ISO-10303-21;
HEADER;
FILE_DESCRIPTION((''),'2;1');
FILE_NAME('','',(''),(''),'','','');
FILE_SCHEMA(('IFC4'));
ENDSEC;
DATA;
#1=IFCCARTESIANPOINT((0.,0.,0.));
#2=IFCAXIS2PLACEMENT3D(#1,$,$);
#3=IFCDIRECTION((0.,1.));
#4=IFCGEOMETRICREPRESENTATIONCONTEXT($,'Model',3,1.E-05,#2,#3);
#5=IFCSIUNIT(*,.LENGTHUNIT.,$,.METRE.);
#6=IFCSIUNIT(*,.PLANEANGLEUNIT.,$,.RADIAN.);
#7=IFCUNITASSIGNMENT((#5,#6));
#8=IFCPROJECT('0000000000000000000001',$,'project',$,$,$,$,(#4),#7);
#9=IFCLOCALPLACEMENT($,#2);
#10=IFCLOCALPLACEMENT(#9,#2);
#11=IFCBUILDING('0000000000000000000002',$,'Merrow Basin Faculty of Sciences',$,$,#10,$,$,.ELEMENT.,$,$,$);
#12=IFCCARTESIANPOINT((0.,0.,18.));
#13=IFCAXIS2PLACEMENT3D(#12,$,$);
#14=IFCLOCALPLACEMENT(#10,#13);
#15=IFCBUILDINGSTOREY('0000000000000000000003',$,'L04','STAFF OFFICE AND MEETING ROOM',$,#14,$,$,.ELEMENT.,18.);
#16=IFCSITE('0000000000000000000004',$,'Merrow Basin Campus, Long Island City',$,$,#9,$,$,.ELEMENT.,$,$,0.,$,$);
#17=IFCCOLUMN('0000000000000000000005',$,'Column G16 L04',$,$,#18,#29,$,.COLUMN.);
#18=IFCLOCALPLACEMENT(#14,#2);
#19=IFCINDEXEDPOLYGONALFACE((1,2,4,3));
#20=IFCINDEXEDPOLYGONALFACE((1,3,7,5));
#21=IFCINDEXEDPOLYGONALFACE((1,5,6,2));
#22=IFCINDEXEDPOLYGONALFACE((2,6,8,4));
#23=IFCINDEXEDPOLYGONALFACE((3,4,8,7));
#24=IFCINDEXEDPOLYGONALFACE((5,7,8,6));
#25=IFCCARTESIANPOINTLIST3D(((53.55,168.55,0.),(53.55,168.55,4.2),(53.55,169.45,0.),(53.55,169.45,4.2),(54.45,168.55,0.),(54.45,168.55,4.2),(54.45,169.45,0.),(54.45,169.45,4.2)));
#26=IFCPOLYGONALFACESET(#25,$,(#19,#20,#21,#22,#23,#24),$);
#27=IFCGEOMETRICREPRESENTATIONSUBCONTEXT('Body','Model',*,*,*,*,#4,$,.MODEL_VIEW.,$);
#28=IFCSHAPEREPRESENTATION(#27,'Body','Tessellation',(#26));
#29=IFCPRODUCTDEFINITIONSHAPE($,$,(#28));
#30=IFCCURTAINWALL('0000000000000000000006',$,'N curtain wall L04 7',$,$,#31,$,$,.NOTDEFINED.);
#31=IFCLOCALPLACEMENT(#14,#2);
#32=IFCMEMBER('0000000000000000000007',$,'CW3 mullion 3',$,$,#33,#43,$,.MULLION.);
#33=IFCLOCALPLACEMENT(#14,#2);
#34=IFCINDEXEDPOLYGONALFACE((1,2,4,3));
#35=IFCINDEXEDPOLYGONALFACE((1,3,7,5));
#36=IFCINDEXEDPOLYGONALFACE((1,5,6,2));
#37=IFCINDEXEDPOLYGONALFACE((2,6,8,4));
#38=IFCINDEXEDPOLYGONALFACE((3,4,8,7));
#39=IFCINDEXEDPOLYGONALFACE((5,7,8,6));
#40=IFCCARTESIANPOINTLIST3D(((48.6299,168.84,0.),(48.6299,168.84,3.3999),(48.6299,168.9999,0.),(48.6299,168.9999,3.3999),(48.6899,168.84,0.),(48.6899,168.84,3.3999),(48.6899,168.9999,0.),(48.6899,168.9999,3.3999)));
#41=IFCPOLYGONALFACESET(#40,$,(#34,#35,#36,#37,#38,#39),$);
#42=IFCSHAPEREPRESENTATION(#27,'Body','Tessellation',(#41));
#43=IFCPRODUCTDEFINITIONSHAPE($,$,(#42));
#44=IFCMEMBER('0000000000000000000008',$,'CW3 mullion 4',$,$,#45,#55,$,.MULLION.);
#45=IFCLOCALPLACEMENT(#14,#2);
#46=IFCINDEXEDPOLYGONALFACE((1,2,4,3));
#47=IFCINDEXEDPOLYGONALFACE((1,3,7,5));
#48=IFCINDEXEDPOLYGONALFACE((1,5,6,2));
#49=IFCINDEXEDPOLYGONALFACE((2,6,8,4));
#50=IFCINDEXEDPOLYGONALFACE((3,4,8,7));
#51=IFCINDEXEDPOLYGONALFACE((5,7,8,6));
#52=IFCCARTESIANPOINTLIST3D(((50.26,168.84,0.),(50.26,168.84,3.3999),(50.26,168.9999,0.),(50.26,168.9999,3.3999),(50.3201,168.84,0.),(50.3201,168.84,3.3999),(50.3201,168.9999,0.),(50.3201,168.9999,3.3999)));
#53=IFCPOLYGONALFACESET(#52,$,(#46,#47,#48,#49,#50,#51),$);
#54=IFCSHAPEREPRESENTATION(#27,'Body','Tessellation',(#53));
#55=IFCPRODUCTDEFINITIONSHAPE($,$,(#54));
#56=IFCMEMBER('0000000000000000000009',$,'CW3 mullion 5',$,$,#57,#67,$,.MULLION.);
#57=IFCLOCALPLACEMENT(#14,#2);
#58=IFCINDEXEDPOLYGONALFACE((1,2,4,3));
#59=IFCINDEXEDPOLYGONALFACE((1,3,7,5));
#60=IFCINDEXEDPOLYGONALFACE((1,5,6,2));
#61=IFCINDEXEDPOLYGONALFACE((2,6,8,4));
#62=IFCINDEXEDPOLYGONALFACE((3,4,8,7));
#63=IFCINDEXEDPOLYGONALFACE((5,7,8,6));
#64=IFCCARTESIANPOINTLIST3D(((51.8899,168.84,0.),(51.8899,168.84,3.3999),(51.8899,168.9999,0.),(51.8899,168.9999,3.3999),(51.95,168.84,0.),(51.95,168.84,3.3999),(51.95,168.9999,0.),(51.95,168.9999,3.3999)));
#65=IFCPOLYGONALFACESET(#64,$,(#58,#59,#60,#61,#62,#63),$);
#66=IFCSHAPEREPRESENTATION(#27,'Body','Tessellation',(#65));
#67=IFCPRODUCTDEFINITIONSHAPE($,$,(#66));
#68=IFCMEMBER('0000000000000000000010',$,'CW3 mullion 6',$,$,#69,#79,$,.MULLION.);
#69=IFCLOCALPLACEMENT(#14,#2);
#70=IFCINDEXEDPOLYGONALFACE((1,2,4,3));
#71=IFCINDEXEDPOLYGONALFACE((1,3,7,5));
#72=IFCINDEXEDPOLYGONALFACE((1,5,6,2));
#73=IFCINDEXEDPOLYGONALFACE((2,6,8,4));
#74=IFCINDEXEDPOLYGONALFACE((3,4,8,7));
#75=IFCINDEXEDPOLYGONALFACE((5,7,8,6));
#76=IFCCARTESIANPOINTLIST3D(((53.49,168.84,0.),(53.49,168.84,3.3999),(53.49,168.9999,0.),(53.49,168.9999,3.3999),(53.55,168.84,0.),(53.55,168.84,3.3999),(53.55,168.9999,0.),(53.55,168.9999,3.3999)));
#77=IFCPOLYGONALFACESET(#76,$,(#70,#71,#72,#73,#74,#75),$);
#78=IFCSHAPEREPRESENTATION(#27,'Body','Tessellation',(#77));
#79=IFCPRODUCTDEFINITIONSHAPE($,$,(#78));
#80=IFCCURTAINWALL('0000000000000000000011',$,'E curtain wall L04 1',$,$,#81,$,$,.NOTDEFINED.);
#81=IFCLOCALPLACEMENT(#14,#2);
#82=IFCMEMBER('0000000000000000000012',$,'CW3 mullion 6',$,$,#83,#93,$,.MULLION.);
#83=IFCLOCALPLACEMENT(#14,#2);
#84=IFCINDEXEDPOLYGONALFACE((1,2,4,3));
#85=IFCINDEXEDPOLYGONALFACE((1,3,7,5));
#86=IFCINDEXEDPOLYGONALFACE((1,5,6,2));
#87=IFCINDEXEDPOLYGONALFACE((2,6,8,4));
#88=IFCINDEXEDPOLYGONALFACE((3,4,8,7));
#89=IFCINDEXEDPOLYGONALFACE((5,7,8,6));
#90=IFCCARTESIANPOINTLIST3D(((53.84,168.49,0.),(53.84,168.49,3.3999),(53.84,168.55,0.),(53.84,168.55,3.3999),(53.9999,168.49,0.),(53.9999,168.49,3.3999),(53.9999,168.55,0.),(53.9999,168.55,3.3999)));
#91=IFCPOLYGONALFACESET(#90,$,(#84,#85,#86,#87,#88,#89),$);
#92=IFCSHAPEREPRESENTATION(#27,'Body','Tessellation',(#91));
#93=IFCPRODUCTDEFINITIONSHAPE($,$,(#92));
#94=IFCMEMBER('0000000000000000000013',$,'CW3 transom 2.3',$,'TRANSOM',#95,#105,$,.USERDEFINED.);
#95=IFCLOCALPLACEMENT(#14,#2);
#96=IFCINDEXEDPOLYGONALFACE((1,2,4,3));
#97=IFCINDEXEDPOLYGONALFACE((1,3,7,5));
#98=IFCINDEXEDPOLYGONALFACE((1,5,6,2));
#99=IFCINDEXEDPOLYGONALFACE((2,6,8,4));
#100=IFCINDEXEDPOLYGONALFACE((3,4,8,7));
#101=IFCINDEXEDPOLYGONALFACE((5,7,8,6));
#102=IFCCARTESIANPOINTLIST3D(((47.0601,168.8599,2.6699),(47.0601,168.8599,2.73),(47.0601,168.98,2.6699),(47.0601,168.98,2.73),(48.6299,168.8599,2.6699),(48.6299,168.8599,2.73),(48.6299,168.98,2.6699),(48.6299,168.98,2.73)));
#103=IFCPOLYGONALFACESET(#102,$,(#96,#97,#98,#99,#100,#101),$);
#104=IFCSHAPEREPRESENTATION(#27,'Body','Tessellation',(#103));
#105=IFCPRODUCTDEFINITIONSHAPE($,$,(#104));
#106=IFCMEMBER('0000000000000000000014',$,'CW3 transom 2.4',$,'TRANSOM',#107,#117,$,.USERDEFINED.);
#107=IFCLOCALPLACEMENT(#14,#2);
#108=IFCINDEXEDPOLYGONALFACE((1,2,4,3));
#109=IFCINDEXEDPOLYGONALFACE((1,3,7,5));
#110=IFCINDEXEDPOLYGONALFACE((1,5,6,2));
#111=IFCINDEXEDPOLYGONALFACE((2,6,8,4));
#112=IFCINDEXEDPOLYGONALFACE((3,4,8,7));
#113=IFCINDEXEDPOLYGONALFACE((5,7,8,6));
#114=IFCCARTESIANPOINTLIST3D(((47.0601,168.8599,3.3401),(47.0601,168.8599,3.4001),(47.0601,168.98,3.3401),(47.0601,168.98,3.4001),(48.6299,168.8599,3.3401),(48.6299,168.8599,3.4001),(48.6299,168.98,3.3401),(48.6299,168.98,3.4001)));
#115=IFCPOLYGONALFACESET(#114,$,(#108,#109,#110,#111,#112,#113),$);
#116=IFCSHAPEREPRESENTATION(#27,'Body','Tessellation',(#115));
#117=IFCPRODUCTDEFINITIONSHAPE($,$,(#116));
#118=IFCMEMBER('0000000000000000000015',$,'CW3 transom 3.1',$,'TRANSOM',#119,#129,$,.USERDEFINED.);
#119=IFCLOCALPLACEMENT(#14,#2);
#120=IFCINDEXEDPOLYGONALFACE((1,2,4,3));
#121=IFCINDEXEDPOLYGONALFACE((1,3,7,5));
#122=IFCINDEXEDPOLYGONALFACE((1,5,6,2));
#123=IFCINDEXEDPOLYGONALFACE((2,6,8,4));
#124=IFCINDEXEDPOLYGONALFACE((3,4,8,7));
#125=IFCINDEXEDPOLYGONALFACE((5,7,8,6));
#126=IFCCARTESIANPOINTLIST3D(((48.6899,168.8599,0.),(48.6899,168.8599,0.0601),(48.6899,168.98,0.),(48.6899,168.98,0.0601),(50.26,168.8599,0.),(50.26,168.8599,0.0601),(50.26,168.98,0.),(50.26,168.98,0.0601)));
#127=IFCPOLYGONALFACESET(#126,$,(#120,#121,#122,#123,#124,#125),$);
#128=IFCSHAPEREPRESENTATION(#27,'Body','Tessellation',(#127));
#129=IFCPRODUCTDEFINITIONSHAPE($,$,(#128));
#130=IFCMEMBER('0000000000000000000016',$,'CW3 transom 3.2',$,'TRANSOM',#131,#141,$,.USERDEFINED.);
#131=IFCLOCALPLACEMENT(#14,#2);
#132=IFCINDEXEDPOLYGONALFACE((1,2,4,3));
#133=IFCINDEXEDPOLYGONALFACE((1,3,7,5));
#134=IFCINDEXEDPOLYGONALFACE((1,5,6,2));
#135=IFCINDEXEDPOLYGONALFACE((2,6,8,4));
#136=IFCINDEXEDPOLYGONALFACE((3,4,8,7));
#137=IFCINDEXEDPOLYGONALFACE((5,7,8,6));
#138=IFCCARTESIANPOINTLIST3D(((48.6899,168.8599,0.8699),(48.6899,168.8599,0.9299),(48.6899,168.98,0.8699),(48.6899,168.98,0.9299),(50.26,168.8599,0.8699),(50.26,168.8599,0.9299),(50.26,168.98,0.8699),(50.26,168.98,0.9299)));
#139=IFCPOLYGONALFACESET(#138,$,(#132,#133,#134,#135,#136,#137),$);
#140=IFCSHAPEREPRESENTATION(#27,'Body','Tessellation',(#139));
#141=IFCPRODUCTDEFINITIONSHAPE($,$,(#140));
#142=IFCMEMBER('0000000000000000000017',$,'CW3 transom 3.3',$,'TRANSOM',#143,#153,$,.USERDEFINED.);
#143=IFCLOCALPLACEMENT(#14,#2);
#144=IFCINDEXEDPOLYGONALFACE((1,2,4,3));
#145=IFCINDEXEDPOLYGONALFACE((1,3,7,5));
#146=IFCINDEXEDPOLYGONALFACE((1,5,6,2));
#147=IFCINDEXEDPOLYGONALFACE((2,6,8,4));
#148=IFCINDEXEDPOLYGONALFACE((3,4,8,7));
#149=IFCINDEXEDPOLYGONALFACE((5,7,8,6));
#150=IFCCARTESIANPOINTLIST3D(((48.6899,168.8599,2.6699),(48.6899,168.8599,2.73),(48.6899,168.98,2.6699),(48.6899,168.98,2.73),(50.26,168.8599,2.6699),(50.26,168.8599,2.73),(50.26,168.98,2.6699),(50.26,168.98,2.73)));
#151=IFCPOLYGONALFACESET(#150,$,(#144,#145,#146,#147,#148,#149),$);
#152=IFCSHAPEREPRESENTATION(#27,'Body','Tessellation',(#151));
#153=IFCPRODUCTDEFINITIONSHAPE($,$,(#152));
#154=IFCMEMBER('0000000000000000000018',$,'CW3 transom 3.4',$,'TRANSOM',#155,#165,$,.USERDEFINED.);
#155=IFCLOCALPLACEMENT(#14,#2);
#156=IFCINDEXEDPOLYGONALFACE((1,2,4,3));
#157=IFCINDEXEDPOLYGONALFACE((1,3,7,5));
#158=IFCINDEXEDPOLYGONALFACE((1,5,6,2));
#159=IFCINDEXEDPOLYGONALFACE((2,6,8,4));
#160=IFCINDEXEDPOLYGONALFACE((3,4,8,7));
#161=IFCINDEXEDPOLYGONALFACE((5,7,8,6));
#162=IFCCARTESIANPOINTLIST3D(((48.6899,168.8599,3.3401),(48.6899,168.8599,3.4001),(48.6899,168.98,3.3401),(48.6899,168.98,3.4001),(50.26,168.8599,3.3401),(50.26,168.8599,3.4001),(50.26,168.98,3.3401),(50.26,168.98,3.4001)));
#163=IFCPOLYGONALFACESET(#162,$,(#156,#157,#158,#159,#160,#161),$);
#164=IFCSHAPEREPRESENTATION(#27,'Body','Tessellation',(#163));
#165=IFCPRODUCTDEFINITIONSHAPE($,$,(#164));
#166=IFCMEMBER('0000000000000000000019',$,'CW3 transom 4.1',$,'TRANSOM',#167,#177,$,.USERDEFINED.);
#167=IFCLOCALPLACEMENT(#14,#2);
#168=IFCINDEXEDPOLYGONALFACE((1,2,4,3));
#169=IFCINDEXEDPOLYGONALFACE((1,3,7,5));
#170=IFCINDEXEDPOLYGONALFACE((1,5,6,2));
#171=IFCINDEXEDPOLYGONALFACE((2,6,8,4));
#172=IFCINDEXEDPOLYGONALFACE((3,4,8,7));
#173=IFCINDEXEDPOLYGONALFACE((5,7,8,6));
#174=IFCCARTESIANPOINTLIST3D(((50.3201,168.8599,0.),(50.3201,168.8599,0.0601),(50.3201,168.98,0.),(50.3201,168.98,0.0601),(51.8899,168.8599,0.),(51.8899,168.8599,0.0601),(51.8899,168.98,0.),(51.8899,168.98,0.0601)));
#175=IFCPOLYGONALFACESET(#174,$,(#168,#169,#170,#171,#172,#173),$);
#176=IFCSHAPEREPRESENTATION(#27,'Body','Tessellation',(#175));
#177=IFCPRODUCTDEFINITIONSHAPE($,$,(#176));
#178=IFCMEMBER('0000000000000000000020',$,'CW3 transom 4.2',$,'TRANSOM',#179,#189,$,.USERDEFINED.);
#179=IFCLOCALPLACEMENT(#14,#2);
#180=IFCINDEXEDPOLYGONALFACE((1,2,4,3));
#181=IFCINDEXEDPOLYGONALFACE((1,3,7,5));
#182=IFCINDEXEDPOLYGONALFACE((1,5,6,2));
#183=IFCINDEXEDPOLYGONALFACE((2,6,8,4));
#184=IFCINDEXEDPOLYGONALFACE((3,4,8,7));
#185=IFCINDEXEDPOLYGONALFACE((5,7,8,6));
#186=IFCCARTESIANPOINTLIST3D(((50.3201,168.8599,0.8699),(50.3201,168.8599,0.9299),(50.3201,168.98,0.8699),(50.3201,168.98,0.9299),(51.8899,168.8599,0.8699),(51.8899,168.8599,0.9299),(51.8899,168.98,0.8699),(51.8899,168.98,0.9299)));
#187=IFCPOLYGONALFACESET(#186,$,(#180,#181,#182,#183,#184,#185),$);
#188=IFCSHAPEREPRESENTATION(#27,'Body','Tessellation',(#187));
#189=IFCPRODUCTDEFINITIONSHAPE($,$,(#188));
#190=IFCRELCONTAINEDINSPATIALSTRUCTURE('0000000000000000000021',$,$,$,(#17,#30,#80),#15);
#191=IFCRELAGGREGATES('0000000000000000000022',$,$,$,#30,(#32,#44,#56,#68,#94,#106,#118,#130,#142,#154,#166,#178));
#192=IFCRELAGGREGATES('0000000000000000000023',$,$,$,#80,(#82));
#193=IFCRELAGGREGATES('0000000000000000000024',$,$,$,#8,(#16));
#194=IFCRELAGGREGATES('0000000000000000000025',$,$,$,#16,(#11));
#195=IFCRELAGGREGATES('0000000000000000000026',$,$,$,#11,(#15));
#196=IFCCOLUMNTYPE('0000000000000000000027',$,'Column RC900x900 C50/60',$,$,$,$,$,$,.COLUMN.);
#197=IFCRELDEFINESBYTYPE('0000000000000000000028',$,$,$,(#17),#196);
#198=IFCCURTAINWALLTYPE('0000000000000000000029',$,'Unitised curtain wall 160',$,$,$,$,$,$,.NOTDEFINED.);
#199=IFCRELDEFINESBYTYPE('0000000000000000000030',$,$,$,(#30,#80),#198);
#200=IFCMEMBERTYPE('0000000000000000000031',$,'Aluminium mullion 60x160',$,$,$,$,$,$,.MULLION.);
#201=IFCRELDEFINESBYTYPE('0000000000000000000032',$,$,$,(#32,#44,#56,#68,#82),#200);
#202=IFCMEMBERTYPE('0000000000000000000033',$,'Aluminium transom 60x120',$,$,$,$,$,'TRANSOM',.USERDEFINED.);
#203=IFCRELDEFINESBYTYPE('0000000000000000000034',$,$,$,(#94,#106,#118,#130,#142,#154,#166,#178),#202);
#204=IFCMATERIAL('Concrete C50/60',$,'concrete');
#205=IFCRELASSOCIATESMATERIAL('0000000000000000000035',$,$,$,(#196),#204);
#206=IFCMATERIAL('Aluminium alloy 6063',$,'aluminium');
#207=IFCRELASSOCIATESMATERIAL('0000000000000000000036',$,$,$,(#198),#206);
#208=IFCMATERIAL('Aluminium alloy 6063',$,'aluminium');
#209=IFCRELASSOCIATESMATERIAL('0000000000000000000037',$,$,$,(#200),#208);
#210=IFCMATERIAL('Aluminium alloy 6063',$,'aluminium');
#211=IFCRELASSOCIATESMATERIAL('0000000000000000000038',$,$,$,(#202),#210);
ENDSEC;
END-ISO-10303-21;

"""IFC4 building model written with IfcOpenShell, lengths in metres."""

from ifc_helpers import new_model, si_unit, direction, frame, origin, origin_2d, place, context, subcontext, project, spatial, rectangle, extrude, material, material_profile, profile_set, type_object, element, aggregate, save


model = new_model("IFC4")

# Units and contexts
model_context = context("Model", 3, precision=1e-05, world=origin(), true_north=direction((0.0, 1.0)))
body_context = subcontext(model_context, "Body", "Model", "MODEL_VIEW")
ifc_project = project(units=[si_unit("LENGTHUNIT", "METRE"), si_unit("PLANEANGLEUNIT", "RADIAN")], contexts=[model_context])

# Site, building, storey
site_placement = place(None, origin())
site = spatial("IfcSite", under=ifc_project, at=site_placement, Name="Merrow Basin Campus, Long Island City", CompositionType="ELEMENT", RefElevation=0.0)
building_placement = place(site_placement, origin())
building = spatial("IfcBuilding", under=site, at=building_placement, Name="Merrow Basin Faculty of Sciences", CompositionType="ELEMENT")
storey_placement = place(building_placement, frame((0.0, 0.0, 18.0)))
storey = spatial("IfcBuildingStorey", under=building, at=storey_placement, Name="L04", Description="STAFF OFFICE AND MEETING ROOM", CompositionType="ELEMENT", Elevation=18.0)

# Column
ifc_material_1 = material(Name="Concrete C50/60", Category="concrete")
ifc_material_profile_1 = material_profile(ifc_material_1, rectangle(XDim=0.8999, YDim=0.8999, at=origin_2d()))
ifc_profile_set_1 = profile_set([ifc_material_profile_1], Name="Concrete C50/60")
column_type = type_object("IfcColumnType", Name="Column RC900x900 C50/60", PredefinedType="COLUMN", material=ifc_profile_set_1)
column_placement = place(storey_placement, frame((54.0, 169.0, 0.0), z_axis=(0.0, 0.0, 1.0), x_axis=(1.0, 0.0, 0.0)))
element("IfcColumn", 1, at=column_placement, inside=storey, type_object=column_type, Name="Column G16 L04", PredefinedType="COLUMN", context=body_context, shape_type="SweptSolid", body=[
    extrude(rectangle(XDim=0.8999, YDim=0.8999, at=origin_2d()), origin(), (0.0, 0.0, 1.0), 4.2),
])

# Curtain wall, members
ifc_material_2 = material(Name="Aluminium alloy 6063", Category="aluminium")
curtain_wall_type = type_object("IfcCurtainWallType", Name="Unitised curtain wall 160", PredefinedType="NOTDEFINED", material=ifc_material_2)
curtain_wall_1_placement = place(storey_placement, origin())
curtain_wall_1 = element("IfcCurtainWall", 2, at=curtain_wall_1_placement, inside=storey, type_object=curtain_wall_type, Name="N curtain wall L04 7", PredefinedType="NOTDEFINED")
ifc_material_3 = material(Name="Aluminium alloy 6063", Category="aluminium")
ifc_material_profile_2 = material_profile(ifc_material_3, rectangle(XDim=0.1599, YDim=0.0601, at=origin_2d()))
ifc_profile_set_2 = profile_set([ifc_material_profile_2], Name="Aluminium alloy 6063")
member_type_1 = type_object("IfcMemberType", Name="Aluminium mullion 60x160", PredefinedType="MULLION", material=ifc_profile_set_2)
member_1_placement = place(storey_placement, frame((48.6599, 168.9199, 0.0), z_axis=(0.0, 0.0, 1.0), x_axis=(0.0, 1.0, 0.0)))
member_1 = element("IfcMember", 3, at=member_1_placement, type_object=member_type_1, Name="CW3 mullion 3", PredefinedType="MULLION", context=body_context, shape_type="SweptSolid", body=[
    extrude(rectangle(XDim=0.1599, YDim=0.0601, at=origin_2d()), origin(), (0.0, 0.0, 1.0), 3.3999),
])
member_2_placement = place(storey_placement, frame((50.29, 168.9199, 0.0), z_axis=(0.0, 0.0, 1.0), x_axis=(0.0, 1.0, 0.0)))
member_2 = element("IfcMember", 4, at=member_2_placement, type_object=member_type_1, Name="CW3 mullion 4", PredefinedType="MULLION", context=body_context, shape_type="SweptSolid", body=[
    extrude(rectangle(XDim=0.1599, YDim=0.0601, at=origin_2d()), origin(), (0.0, 0.0, 1.0), 3.3999),
])
member_3_placement = place(storey_placement, frame((51.9199, 168.9199, 0.0), z_axis=(0.0, 0.0, 1.0), x_axis=(0.0, 1.0, 0.0)))
member_3 = element("IfcMember", 5, at=member_3_placement, type_object=member_type_1, Name="CW3 mullion 5", PredefinedType="MULLION", context=body_context, shape_type="SweptSolid", body=[
    extrude(rectangle(XDim=0.1599, YDim=0.0601, at=origin_2d()), origin(), (0.0, 0.0, 1.0), 3.3999),
])
member_4_placement = place(storey_placement, frame((53.52, 168.9199, 0.0), z_axis=(0.0, 0.0, 1.0), x_axis=(0.0, 1.0, 0.0)))
member_4 = element("IfcMember", 6, at=member_4_placement, type_object=member_type_1, Name="CW3 mullion 6", PredefinedType="MULLION", context=body_context, shape_type="SweptSolid", body=[
    extrude(rectangle(XDim=0.1599, YDim=0.0601, at=origin_2d()), origin(), (0.0, 0.0, 1.0), 3.3999),
])

# Curtain wall, member
curtain_wall_2_placement = place(storey_placement, origin())
curtain_wall_2 = element("IfcCurtainWall", 7, at=curtain_wall_2_placement, inside=storey, type_object=curtain_wall_type, Name="E curtain wall L04 1", PredefinedType="NOTDEFINED")
member_5_placement = place(storey_placement, frame((53.9199, 168.52, 0.0), z_axis=(0.0, 0.0, 1.0), x_axis=(-1.0, 0.0, 0.0)))
member_5 = element("IfcMember", 8, at=member_5_placement, type_object=member_type_1, Name="CW3 mullion 6", PredefinedType="MULLION", context=body_context, shape_type="SweptSolid", body=[
    extrude(rectangle(XDim=0.1599, YDim=0.0601, at=origin_2d()), origin(), (0.0, 0.0, 1.0), 3.3999),
])

# Members
ifc_material_4 = material(Name="Aluminium alloy 6063", Category="aluminium")
ifc_material_profile_3 = material_profile(ifc_material_4, rectangle(XDim=0.1201, YDim=0.0601, at=origin_2d()))
ifc_profile_set_3 = profile_set([ifc_material_profile_3], Name="Aluminium alloy 6063")
member_type_2 = type_object("IfcMemberType", Name="Aluminium transom 60x120", ElementType="TRANSOM", PredefinedType="USERDEFINED", material=ifc_profile_set_3)
member_6_placement = place(storey_placement, frame((47.0601, 168.9199, 2.7), z_axis=(1.0, 0.0, 0.0), x_axis=(0.0, 1.0, 0.0)))
member_6 = element("IfcMember", 9, at=member_6_placement, type_object=member_type_2, Name="CW3 transom 2.3", ObjectType="TRANSOM", PredefinedType="USERDEFINED", context=body_context, shape_type="SweptSolid", body=[
    extrude(rectangle(XDim=0.1201, YDim=0.0601, at=origin_2d()), origin(), (0.0, 0.0, 1.0), 1.5698),
])
member_7_placement = place(storey_placement, frame((47.0601, 168.9199, 3.3701), z_axis=(1.0, 0.0, 0.0), x_axis=(0.0, 1.0, 0.0)))
member_7 = element("IfcMember", 10, at=member_7_placement, type_object=member_type_2, Name="CW3 transom 2.4", ObjectType="TRANSOM", PredefinedType="USERDEFINED", context=body_context, shape_type="SweptSolid", body=[
    extrude(rectangle(XDim=0.1201, YDim=0.0601, at=origin_2d()), origin(), (0.0, 0.0, 1.0), 1.5698),
])
member_8_placement = place(storey_placement, frame((48.6899, 168.9199, 0.03), z_axis=(1.0, 0.0, 0.0), x_axis=(0.0, 1.0, 0.0)))
member_8 = element("IfcMember", 11, at=member_8_placement, type_object=member_type_2, Name="CW3 transom 3.1", ObjectType="TRANSOM", PredefinedType="USERDEFINED", context=body_context, shape_type="SweptSolid", body=[
    extrude(rectangle(XDim=0.1201, YDim=0.0601, at=origin_2d()), origin(), (0.0, 0.0, 1.0), 1.5701),
])
member_9_placement = place(storey_placement, frame((48.6899, 168.9199, 0.8999), z_axis=(1.0, 0.0, 0.0), x_axis=(0.0, 1.0, 0.0)))
member_9 = element("IfcMember", 12, at=member_9_placement, type_object=member_type_2, Name="CW3 transom 3.2", ObjectType="TRANSOM", PredefinedType="USERDEFINED", context=body_context, shape_type="SweptSolid", body=[
    extrude(rectangle(XDim=0.1201, YDim=0.0601, at=origin_2d()), origin(), (0.0, 0.0, 1.0), 1.5701),
])
member_10_placement = place(storey_placement, frame((48.6899, 168.9199, 2.7), z_axis=(1.0, 0.0, 0.0), x_axis=(0.0, 1.0, 0.0)))
member_10 = element("IfcMember", 13, at=member_10_placement, type_object=member_type_2, Name="CW3 transom 3.3", ObjectType="TRANSOM", PredefinedType="USERDEFINED", context=body_context, shape_type="SweptSolid", body=[
    extrude(rectangle(XDim=0.1201, YDim=0.0601, at=origin_2d()), origin(), (0.0, 0.0, 1.0), 1.5701),
])
member_11_placement = place(storey_placement, frame((48.6899, 168.9199, 3.3701), z_axis=(1.0, 0.0, 0.0), x_axis=(0.0, 1.0, 0.0)))
member_11 = element("IfcMember", 14, at=member_11_placement, type_object=member_type_2, Name="CW3 transom 3.4", ObjectType="TRANSOM", PredefinedType="USERDEFINED", context=body_context, shape_type="SweptSolid", body=[
    extrude(rectangle(XDim=0.1201, YDim=0.0601, at=origin_2d()), origin(), (0.0, 0.0, 1.0), 1.5701),
])
member_12_placement = place(storey_placement, frame((50.3201, 168.9199, 0.03), z_axis=(1.0, 0.0, 0.0), x_axis=(0.0, 1.0, 0.0)))
member_12 = element("IfcMember", 15, at=member_12_placement, type_object=member_type_2, Name="CW3 transom 4.1", ObjectType="TRANSOM", PredefinedType="USERDEFINED", context=body_context, shape_type="SweptSolid", body=[
    extrude(rectangle(XDim=0.1201, YDim=0.0601, at=origin_2d()), origin(), (0.0, 0.0, 1.0), 1.5698),
])
member_13_placement = place(storey_placement, frame((50.3201, 168.9199, 0.8999), z_axis=(1.0, 0.0, 0.0), x_axis=(0.0, 1.0, 0.0)))
member_13 = element("IfcMember", 16, at=member_13_placement, type_object=member_type_2, Name="CW3 transom 4.2", ObjectType="TRANSOM", PredefinedType="USERDEFINED", context=body_context, shape_type="SweptSolid", body=[
    extrude(rectangle(XDim=0.1201, YDim=0.0601, at=origin_2d()), origin(), (0.0, 0.0, 1.0), 1.5698),
])

aggregate(curtain_wall_1, [member_1, member_2, member_3, member_4, member_6, member_7, member_8, member_9, member_10, member_11, member_12, member_13])
aggregate(curtain_wall_2, [member_5])

save(model, "model.ifc")
